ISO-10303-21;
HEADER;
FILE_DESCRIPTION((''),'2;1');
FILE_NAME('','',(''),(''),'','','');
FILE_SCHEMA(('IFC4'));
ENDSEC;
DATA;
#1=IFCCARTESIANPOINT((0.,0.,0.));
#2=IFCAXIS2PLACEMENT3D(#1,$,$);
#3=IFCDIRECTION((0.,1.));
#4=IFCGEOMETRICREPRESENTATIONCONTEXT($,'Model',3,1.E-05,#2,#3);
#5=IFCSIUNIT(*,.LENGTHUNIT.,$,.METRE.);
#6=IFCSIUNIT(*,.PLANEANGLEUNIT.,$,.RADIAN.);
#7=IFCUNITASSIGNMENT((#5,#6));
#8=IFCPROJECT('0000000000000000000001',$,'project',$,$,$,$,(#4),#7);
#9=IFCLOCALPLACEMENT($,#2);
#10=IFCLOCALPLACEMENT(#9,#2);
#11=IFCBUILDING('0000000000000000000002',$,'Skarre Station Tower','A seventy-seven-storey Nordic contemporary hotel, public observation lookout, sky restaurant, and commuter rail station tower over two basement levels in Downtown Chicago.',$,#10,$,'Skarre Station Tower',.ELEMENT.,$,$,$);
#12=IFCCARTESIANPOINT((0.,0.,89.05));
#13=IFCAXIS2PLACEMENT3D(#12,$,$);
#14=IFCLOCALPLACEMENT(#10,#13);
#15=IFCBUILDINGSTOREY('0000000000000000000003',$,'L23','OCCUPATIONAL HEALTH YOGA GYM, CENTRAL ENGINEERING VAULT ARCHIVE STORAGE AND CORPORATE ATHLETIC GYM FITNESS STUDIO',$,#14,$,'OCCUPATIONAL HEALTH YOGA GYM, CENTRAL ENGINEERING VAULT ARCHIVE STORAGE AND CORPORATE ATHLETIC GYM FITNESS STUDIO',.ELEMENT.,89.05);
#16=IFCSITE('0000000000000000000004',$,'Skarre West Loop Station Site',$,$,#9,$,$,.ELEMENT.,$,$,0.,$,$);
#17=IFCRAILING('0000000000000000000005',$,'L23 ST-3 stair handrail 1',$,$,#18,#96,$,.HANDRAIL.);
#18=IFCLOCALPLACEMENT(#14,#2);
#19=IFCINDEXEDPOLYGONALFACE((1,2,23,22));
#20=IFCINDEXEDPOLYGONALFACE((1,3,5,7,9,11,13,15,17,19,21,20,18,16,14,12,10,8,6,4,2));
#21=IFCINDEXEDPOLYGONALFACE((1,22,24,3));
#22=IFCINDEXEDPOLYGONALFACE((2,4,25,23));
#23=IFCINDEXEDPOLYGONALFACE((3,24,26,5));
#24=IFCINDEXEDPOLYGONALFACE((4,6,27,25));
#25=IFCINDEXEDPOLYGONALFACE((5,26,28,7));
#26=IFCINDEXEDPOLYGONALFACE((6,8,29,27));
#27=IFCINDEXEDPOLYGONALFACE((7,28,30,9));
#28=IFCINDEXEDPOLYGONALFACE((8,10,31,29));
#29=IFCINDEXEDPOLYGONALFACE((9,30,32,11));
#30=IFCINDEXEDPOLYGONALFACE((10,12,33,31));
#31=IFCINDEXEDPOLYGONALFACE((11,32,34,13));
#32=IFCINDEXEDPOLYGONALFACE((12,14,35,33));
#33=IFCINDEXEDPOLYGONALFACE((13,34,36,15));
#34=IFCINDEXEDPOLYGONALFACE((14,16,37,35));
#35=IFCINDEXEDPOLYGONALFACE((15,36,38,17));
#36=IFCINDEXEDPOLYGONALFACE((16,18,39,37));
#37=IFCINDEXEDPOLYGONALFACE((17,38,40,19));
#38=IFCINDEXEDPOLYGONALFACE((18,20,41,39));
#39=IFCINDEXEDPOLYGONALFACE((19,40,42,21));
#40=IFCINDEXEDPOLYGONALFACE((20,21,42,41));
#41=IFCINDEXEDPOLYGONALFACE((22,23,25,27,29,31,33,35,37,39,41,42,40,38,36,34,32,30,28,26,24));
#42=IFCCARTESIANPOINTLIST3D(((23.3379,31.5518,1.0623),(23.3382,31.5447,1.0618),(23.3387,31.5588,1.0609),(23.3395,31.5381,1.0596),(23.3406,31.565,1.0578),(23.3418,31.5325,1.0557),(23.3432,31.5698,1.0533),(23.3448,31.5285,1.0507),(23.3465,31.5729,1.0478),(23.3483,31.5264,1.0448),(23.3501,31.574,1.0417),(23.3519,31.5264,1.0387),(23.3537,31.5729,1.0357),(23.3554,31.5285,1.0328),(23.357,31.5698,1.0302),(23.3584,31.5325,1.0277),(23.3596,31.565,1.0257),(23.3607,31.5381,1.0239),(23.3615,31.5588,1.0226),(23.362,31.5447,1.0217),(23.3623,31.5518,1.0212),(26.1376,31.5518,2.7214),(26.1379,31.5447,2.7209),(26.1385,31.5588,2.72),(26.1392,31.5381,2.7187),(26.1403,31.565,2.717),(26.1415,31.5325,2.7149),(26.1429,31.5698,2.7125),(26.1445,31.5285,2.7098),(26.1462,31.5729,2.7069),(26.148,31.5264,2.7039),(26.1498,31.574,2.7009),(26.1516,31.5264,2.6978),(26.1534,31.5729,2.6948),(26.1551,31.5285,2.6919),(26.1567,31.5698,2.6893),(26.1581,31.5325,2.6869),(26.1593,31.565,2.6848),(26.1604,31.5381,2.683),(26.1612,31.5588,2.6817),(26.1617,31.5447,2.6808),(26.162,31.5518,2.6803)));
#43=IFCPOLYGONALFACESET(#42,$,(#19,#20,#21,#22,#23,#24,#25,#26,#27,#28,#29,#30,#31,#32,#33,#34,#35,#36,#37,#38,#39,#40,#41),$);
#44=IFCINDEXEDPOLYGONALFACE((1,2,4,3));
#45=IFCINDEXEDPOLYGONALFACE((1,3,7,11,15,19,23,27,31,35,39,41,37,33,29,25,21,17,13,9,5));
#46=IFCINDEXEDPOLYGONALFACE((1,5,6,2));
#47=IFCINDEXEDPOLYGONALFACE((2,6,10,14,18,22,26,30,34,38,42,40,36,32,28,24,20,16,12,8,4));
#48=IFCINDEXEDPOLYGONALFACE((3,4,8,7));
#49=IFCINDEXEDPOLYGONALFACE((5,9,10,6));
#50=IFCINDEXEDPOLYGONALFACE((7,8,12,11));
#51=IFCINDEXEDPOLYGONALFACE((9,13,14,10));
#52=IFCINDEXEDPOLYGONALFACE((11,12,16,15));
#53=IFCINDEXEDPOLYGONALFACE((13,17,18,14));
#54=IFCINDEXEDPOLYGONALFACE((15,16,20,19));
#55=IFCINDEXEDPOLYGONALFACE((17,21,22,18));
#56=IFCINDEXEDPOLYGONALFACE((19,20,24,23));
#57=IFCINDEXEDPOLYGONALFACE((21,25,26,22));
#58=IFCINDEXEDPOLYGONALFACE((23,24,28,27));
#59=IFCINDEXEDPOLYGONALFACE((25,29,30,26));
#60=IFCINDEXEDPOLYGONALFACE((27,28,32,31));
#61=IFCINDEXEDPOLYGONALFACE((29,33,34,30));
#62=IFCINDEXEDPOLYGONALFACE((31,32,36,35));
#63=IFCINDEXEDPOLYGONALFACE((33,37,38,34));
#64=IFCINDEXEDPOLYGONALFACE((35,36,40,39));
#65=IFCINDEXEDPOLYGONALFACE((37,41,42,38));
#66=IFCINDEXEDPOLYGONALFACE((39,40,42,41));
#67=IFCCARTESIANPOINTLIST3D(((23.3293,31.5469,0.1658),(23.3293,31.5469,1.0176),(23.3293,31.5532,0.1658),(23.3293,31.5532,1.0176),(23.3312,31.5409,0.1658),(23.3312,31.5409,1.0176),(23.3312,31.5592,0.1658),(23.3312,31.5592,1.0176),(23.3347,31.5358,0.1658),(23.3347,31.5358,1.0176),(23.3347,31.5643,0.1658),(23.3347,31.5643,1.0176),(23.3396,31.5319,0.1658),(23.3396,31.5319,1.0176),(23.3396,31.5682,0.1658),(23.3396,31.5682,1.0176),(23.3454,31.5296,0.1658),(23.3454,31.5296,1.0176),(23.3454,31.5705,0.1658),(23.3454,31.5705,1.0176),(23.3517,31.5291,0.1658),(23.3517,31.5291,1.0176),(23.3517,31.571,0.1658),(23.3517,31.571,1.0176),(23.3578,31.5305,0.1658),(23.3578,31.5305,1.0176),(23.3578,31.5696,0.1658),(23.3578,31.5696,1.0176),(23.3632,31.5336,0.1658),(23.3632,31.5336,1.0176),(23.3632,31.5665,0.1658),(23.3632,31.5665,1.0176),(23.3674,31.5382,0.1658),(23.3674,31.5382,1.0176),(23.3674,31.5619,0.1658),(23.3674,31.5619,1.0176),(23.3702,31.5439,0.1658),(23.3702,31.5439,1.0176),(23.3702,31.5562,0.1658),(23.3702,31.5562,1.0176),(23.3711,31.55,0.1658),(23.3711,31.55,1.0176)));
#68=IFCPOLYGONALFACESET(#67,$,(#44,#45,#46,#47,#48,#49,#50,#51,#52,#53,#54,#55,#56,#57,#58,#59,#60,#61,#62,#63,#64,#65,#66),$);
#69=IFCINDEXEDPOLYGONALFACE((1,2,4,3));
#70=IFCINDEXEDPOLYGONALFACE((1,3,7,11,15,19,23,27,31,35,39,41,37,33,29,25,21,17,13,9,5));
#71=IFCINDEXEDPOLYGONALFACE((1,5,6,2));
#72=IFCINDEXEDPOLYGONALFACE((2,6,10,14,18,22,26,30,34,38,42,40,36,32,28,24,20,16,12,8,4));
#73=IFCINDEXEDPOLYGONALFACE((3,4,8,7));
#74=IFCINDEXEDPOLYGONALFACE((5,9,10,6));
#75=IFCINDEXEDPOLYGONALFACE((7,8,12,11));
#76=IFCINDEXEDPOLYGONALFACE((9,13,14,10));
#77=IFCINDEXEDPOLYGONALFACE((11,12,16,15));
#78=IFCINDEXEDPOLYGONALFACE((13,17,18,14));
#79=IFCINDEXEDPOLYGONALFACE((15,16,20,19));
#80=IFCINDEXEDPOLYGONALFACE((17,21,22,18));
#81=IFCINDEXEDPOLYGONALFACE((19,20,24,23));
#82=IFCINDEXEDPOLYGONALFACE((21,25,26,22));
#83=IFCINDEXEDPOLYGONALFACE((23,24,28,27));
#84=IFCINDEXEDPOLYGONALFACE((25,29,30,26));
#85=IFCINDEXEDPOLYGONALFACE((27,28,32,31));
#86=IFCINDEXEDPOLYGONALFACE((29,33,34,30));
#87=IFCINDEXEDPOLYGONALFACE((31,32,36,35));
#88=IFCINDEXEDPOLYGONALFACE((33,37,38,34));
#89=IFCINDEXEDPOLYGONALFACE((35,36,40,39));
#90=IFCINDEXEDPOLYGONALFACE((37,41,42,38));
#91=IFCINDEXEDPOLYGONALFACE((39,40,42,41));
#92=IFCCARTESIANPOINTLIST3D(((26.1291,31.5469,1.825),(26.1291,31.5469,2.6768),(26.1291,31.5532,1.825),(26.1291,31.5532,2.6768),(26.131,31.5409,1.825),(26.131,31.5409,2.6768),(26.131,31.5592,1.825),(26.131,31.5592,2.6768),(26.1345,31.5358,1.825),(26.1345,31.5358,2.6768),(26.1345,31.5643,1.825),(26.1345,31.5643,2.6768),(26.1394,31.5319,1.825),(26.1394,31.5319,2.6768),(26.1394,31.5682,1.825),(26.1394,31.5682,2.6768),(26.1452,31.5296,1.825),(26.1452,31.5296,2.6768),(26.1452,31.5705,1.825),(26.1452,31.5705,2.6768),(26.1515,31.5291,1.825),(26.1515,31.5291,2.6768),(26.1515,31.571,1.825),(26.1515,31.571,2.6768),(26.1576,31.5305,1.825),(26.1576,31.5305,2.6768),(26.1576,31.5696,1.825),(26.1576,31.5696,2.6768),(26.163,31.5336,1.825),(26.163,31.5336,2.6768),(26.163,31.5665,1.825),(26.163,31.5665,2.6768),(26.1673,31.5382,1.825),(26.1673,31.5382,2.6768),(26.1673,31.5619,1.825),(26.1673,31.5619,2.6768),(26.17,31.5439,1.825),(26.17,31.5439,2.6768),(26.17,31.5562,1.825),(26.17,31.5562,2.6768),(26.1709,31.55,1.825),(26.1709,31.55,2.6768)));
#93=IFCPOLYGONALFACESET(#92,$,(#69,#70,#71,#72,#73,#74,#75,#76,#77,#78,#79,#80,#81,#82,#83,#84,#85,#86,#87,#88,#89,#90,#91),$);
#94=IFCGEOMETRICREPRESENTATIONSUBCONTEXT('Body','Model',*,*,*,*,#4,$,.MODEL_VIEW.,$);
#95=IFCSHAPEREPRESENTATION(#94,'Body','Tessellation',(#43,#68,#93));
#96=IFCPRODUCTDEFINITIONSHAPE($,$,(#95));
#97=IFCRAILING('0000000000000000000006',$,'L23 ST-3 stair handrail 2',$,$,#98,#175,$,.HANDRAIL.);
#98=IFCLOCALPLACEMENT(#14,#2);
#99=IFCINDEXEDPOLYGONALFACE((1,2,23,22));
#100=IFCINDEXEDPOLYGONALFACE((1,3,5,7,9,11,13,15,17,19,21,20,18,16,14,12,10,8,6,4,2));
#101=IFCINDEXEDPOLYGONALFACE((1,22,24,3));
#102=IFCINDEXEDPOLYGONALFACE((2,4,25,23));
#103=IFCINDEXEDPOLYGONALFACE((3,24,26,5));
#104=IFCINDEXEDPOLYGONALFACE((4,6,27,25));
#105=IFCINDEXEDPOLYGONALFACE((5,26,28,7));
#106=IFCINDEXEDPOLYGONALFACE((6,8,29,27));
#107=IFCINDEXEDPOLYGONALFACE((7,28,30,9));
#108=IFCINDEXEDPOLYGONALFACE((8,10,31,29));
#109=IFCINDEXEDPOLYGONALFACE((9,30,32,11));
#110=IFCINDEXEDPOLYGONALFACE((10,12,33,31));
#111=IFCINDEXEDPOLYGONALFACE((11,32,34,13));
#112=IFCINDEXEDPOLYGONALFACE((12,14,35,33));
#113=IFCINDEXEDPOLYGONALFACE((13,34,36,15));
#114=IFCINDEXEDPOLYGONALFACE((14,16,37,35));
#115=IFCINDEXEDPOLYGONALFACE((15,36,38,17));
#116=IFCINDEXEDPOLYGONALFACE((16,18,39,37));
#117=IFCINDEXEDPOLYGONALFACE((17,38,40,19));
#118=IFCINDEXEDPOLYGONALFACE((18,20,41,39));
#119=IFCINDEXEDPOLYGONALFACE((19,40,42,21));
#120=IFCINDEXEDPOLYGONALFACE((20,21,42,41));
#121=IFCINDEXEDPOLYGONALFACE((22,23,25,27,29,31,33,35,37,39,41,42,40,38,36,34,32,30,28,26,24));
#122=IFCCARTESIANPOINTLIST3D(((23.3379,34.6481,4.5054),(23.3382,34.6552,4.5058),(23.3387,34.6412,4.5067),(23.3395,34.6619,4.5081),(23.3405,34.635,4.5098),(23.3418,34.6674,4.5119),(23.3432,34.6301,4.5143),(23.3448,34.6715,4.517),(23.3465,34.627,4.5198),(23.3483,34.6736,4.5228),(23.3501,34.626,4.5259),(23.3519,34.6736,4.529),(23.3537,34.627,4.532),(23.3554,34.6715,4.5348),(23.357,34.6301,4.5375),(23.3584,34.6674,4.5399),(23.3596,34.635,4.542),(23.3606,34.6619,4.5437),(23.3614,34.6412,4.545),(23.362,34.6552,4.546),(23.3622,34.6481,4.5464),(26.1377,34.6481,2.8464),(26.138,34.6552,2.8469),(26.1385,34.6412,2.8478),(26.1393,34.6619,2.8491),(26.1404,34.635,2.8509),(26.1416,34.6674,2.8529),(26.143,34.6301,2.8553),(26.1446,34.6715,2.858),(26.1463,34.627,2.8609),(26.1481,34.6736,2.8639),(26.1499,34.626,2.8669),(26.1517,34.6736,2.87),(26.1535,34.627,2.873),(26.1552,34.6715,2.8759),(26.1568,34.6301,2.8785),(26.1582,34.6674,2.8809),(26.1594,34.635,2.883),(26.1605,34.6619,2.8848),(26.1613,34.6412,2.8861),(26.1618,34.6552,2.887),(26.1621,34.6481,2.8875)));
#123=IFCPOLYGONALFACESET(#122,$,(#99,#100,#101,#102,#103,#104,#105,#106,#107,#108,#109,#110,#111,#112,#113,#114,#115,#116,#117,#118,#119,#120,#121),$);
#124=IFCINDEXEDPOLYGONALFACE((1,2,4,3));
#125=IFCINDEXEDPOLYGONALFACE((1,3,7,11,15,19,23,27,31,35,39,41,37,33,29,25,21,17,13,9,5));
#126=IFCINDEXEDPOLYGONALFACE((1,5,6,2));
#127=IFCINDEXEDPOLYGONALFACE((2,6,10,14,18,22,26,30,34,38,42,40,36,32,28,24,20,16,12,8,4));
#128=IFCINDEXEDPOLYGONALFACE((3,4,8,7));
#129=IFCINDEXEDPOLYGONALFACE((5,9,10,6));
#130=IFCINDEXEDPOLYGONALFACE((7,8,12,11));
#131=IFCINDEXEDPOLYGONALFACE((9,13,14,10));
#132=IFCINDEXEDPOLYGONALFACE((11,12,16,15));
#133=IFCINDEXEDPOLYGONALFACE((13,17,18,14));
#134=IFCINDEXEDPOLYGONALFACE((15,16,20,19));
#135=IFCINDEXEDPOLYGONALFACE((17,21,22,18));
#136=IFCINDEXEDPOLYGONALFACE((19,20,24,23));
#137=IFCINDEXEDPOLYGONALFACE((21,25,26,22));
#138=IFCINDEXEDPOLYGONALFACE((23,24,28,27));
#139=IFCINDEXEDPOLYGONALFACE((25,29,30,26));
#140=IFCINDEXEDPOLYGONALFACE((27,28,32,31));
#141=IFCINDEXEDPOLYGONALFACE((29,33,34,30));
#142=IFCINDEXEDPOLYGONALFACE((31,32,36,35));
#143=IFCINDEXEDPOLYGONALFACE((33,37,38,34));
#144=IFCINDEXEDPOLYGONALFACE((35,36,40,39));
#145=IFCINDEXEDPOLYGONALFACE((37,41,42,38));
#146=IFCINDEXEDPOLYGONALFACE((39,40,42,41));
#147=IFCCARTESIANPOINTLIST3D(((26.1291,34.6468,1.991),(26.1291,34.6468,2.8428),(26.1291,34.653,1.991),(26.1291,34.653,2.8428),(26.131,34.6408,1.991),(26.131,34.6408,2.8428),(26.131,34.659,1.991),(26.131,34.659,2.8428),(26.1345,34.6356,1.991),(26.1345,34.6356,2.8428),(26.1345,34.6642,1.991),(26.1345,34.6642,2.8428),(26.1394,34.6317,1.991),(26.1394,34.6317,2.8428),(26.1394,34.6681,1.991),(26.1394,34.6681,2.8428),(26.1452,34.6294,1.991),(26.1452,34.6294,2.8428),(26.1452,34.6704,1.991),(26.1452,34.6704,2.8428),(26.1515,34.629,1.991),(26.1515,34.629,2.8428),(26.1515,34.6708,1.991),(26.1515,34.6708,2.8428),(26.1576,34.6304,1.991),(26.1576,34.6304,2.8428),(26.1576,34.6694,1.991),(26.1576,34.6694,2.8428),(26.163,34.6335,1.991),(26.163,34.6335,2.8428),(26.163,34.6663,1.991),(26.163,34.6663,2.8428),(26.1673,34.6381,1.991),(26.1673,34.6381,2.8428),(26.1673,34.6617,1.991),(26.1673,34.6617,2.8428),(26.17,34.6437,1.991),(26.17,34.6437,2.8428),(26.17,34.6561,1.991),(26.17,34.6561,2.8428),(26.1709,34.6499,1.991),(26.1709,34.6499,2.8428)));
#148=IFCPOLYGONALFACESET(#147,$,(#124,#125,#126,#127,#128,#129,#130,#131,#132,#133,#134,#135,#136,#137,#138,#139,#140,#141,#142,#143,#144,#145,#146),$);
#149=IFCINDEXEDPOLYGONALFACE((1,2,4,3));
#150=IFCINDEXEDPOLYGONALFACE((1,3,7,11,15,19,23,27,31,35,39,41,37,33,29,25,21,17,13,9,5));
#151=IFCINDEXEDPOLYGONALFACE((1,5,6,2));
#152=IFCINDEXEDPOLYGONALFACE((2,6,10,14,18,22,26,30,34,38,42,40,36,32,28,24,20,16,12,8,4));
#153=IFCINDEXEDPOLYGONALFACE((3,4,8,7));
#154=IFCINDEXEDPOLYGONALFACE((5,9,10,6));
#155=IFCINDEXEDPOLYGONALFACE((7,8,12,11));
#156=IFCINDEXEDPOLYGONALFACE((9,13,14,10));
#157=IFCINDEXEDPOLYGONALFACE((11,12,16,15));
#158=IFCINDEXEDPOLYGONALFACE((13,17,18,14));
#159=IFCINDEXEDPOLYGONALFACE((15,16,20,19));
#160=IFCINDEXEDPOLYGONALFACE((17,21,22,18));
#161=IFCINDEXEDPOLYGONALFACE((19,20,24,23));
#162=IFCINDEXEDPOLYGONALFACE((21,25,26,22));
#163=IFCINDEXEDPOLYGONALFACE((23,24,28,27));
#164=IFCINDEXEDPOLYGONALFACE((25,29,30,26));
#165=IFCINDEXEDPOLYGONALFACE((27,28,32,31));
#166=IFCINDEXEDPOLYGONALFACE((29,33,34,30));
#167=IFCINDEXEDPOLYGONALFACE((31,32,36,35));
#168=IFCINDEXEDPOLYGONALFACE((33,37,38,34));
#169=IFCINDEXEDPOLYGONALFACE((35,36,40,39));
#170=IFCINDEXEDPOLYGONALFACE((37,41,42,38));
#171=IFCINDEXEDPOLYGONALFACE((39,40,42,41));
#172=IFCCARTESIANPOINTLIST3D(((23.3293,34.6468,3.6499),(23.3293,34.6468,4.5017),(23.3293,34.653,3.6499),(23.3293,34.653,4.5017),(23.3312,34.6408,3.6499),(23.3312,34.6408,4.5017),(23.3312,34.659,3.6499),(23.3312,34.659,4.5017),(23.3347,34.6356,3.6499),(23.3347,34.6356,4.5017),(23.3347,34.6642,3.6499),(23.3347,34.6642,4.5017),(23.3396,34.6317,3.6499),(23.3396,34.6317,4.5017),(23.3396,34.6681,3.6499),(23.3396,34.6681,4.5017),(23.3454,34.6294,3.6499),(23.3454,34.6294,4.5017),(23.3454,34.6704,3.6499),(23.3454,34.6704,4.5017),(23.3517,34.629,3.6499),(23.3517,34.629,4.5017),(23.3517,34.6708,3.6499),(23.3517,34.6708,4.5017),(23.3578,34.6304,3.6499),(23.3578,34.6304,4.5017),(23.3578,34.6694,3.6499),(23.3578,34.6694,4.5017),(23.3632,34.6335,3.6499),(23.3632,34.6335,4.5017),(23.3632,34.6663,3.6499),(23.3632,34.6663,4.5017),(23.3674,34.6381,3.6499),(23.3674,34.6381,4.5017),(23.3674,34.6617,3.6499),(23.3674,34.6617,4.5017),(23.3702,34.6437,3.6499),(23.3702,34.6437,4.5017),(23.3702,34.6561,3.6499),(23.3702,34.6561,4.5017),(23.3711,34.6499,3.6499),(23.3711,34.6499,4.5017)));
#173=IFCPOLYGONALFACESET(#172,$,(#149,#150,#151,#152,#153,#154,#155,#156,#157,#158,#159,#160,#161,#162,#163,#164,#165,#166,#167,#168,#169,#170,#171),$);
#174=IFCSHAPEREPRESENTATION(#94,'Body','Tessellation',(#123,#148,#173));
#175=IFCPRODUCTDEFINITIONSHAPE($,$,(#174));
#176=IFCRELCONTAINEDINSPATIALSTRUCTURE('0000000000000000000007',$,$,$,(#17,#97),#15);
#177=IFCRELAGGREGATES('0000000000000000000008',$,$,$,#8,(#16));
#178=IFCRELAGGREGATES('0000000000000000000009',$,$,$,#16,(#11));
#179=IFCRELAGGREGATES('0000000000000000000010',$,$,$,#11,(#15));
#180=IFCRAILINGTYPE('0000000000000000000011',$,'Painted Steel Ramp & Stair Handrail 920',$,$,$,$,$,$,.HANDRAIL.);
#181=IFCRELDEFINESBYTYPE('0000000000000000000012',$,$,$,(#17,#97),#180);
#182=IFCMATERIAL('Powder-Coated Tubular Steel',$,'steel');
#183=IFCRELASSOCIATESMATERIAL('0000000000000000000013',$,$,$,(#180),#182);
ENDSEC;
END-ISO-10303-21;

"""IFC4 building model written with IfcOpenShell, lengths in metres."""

from ifc_helpers import new_model, si_unit, direction, frame, origin, origin_2d, place, context, subcontext, project, spatial, circle, extrude, material, type_object, element, save


model = new_model("IFC4")

# Units and contexts
model_context = context("Model", 3, precision=1e-05, world=origin(), true_north=direction((0.0, 1.0)))
body_context = subcontext(model_context, "Body", "Model", "MODEL_VIEW")
ifc_project = project(units=[si_unit("LENGTHUNIT", "METRE"), si_unit("PLANEANGLEUNIT", "RADIAN")], contexts=[model_context])

# Site, building, storey
site_placement = place(None, origin())
site = spatial("IfcSite", under=ifc_project, at=site_placement, Name="Skarre West Loop Station Site", CompositionType="ELEMENT", RefElevation=0.0)
building_placement = place(site_placement, origin())
building = spatial("IfcBuilding", under=site, at=building_placement, Name="Skarre Station Tower", Description="A seventy-seven-storey Nordic contemporary hotel, public observation lookout, sky restaurant, and commuter rail station tower over two basement levels in Downtown Chicago.", LongName="Skarre Station Tower", CompositionType="ELEMENT")
storey_placement = place(building_placement, frame((0.0, 0.0, 89.05)))
storey = spatial("IfcBuildingStorey", under=building, at=storey_placement, Name="L23", Description="OCCUPATIONAL HEALTH YOGA GYM, CENTRAL ENGINEERING VAULT ARCHIVE STORAGE AND CORPORATE ATHLETIC GYM FITNESS STUDIO", LongName="OCCUPATIONAL HEALTH YOGA GYM, CENTRAL ENGINEERING VAULT ARCHIVE STORAGE AND CORPORATE ATHLETIC GYM FITNESS STUDIO", CompositionType="ELEMENT", Elevation=89.05)

# Railings
ifc_material_1 = material(Name="Powder-Coated Tubular Steel", Category="steel")
railing_type_1 = type_object("IfcRailingType", Name="Painted Steel Ramp & Stair Handrail 920", PredefinedType="HANDRAIL", material=ifc_material_1)
railing_1_placement = place(storey_placement, frame((23.3501, 31.55, 0.1658)))
element("IfcRailing", 1, at=railing_1_placement, inside=storey, type_object=railing_type_1, Name="L23 ST-3 stair handrail 1", PredefinedType="HANDRAIL", context=body_context, shape_type="SweptSolid", body=[
    extrude(circle(Radius=0.0239, at=origin_2d()), frame((0.0, 0.0, 0.876), z_axis=(0.860287, 0.0, 0.509811), x_axis=(0.0, 1.0, 0.0)), (0.0, 0.0, 1.0), 3.2544),
    extrude(circle(Radius=0.021, at=origin_2d()), origin(), (0.0, 0.0, 1.0), 0.8518),
    extrude(circle(Radius=0.021, at=origin_2d()), frame((2.7998, 0.0, 1.6592)), (0.0, 0.0, 1.0), 0.8518),
])
railing_2_placement = place(storey_placement, frame((26.1499, 34.6499, 1.991)))
element("IfcRailing", 2, at=railing_2_placement, inside=storey, type_object=railing_type_1, Name="L23 ST-3 stair handrail 2", PredefinedType="HANDRAIL", context=body_context, shape_type="SweptSolid", body=[
    extrude(circle(Radius=0.0239, at=origin_2d()), frame((0.0, 0.0, 0.876), z_axis=(-0.86032, 0.0, 0.509755), x_axis=(0.0, -1.0, 0.0)), (0.0, 0.0, 1.0), 3.2544),
    extrude(circle(Radius=0.021, at=origin_2d()), origin(), (0.0, 0.0, 1.0), 0.8518),
    extrude(circle(Radius=0.021, at=origin_2d()), frame((-2.7998, 0.0, 1.6589)), (0.0, 0.0, 1.0), 0.8518),
])

save(model, "model.ifc")
